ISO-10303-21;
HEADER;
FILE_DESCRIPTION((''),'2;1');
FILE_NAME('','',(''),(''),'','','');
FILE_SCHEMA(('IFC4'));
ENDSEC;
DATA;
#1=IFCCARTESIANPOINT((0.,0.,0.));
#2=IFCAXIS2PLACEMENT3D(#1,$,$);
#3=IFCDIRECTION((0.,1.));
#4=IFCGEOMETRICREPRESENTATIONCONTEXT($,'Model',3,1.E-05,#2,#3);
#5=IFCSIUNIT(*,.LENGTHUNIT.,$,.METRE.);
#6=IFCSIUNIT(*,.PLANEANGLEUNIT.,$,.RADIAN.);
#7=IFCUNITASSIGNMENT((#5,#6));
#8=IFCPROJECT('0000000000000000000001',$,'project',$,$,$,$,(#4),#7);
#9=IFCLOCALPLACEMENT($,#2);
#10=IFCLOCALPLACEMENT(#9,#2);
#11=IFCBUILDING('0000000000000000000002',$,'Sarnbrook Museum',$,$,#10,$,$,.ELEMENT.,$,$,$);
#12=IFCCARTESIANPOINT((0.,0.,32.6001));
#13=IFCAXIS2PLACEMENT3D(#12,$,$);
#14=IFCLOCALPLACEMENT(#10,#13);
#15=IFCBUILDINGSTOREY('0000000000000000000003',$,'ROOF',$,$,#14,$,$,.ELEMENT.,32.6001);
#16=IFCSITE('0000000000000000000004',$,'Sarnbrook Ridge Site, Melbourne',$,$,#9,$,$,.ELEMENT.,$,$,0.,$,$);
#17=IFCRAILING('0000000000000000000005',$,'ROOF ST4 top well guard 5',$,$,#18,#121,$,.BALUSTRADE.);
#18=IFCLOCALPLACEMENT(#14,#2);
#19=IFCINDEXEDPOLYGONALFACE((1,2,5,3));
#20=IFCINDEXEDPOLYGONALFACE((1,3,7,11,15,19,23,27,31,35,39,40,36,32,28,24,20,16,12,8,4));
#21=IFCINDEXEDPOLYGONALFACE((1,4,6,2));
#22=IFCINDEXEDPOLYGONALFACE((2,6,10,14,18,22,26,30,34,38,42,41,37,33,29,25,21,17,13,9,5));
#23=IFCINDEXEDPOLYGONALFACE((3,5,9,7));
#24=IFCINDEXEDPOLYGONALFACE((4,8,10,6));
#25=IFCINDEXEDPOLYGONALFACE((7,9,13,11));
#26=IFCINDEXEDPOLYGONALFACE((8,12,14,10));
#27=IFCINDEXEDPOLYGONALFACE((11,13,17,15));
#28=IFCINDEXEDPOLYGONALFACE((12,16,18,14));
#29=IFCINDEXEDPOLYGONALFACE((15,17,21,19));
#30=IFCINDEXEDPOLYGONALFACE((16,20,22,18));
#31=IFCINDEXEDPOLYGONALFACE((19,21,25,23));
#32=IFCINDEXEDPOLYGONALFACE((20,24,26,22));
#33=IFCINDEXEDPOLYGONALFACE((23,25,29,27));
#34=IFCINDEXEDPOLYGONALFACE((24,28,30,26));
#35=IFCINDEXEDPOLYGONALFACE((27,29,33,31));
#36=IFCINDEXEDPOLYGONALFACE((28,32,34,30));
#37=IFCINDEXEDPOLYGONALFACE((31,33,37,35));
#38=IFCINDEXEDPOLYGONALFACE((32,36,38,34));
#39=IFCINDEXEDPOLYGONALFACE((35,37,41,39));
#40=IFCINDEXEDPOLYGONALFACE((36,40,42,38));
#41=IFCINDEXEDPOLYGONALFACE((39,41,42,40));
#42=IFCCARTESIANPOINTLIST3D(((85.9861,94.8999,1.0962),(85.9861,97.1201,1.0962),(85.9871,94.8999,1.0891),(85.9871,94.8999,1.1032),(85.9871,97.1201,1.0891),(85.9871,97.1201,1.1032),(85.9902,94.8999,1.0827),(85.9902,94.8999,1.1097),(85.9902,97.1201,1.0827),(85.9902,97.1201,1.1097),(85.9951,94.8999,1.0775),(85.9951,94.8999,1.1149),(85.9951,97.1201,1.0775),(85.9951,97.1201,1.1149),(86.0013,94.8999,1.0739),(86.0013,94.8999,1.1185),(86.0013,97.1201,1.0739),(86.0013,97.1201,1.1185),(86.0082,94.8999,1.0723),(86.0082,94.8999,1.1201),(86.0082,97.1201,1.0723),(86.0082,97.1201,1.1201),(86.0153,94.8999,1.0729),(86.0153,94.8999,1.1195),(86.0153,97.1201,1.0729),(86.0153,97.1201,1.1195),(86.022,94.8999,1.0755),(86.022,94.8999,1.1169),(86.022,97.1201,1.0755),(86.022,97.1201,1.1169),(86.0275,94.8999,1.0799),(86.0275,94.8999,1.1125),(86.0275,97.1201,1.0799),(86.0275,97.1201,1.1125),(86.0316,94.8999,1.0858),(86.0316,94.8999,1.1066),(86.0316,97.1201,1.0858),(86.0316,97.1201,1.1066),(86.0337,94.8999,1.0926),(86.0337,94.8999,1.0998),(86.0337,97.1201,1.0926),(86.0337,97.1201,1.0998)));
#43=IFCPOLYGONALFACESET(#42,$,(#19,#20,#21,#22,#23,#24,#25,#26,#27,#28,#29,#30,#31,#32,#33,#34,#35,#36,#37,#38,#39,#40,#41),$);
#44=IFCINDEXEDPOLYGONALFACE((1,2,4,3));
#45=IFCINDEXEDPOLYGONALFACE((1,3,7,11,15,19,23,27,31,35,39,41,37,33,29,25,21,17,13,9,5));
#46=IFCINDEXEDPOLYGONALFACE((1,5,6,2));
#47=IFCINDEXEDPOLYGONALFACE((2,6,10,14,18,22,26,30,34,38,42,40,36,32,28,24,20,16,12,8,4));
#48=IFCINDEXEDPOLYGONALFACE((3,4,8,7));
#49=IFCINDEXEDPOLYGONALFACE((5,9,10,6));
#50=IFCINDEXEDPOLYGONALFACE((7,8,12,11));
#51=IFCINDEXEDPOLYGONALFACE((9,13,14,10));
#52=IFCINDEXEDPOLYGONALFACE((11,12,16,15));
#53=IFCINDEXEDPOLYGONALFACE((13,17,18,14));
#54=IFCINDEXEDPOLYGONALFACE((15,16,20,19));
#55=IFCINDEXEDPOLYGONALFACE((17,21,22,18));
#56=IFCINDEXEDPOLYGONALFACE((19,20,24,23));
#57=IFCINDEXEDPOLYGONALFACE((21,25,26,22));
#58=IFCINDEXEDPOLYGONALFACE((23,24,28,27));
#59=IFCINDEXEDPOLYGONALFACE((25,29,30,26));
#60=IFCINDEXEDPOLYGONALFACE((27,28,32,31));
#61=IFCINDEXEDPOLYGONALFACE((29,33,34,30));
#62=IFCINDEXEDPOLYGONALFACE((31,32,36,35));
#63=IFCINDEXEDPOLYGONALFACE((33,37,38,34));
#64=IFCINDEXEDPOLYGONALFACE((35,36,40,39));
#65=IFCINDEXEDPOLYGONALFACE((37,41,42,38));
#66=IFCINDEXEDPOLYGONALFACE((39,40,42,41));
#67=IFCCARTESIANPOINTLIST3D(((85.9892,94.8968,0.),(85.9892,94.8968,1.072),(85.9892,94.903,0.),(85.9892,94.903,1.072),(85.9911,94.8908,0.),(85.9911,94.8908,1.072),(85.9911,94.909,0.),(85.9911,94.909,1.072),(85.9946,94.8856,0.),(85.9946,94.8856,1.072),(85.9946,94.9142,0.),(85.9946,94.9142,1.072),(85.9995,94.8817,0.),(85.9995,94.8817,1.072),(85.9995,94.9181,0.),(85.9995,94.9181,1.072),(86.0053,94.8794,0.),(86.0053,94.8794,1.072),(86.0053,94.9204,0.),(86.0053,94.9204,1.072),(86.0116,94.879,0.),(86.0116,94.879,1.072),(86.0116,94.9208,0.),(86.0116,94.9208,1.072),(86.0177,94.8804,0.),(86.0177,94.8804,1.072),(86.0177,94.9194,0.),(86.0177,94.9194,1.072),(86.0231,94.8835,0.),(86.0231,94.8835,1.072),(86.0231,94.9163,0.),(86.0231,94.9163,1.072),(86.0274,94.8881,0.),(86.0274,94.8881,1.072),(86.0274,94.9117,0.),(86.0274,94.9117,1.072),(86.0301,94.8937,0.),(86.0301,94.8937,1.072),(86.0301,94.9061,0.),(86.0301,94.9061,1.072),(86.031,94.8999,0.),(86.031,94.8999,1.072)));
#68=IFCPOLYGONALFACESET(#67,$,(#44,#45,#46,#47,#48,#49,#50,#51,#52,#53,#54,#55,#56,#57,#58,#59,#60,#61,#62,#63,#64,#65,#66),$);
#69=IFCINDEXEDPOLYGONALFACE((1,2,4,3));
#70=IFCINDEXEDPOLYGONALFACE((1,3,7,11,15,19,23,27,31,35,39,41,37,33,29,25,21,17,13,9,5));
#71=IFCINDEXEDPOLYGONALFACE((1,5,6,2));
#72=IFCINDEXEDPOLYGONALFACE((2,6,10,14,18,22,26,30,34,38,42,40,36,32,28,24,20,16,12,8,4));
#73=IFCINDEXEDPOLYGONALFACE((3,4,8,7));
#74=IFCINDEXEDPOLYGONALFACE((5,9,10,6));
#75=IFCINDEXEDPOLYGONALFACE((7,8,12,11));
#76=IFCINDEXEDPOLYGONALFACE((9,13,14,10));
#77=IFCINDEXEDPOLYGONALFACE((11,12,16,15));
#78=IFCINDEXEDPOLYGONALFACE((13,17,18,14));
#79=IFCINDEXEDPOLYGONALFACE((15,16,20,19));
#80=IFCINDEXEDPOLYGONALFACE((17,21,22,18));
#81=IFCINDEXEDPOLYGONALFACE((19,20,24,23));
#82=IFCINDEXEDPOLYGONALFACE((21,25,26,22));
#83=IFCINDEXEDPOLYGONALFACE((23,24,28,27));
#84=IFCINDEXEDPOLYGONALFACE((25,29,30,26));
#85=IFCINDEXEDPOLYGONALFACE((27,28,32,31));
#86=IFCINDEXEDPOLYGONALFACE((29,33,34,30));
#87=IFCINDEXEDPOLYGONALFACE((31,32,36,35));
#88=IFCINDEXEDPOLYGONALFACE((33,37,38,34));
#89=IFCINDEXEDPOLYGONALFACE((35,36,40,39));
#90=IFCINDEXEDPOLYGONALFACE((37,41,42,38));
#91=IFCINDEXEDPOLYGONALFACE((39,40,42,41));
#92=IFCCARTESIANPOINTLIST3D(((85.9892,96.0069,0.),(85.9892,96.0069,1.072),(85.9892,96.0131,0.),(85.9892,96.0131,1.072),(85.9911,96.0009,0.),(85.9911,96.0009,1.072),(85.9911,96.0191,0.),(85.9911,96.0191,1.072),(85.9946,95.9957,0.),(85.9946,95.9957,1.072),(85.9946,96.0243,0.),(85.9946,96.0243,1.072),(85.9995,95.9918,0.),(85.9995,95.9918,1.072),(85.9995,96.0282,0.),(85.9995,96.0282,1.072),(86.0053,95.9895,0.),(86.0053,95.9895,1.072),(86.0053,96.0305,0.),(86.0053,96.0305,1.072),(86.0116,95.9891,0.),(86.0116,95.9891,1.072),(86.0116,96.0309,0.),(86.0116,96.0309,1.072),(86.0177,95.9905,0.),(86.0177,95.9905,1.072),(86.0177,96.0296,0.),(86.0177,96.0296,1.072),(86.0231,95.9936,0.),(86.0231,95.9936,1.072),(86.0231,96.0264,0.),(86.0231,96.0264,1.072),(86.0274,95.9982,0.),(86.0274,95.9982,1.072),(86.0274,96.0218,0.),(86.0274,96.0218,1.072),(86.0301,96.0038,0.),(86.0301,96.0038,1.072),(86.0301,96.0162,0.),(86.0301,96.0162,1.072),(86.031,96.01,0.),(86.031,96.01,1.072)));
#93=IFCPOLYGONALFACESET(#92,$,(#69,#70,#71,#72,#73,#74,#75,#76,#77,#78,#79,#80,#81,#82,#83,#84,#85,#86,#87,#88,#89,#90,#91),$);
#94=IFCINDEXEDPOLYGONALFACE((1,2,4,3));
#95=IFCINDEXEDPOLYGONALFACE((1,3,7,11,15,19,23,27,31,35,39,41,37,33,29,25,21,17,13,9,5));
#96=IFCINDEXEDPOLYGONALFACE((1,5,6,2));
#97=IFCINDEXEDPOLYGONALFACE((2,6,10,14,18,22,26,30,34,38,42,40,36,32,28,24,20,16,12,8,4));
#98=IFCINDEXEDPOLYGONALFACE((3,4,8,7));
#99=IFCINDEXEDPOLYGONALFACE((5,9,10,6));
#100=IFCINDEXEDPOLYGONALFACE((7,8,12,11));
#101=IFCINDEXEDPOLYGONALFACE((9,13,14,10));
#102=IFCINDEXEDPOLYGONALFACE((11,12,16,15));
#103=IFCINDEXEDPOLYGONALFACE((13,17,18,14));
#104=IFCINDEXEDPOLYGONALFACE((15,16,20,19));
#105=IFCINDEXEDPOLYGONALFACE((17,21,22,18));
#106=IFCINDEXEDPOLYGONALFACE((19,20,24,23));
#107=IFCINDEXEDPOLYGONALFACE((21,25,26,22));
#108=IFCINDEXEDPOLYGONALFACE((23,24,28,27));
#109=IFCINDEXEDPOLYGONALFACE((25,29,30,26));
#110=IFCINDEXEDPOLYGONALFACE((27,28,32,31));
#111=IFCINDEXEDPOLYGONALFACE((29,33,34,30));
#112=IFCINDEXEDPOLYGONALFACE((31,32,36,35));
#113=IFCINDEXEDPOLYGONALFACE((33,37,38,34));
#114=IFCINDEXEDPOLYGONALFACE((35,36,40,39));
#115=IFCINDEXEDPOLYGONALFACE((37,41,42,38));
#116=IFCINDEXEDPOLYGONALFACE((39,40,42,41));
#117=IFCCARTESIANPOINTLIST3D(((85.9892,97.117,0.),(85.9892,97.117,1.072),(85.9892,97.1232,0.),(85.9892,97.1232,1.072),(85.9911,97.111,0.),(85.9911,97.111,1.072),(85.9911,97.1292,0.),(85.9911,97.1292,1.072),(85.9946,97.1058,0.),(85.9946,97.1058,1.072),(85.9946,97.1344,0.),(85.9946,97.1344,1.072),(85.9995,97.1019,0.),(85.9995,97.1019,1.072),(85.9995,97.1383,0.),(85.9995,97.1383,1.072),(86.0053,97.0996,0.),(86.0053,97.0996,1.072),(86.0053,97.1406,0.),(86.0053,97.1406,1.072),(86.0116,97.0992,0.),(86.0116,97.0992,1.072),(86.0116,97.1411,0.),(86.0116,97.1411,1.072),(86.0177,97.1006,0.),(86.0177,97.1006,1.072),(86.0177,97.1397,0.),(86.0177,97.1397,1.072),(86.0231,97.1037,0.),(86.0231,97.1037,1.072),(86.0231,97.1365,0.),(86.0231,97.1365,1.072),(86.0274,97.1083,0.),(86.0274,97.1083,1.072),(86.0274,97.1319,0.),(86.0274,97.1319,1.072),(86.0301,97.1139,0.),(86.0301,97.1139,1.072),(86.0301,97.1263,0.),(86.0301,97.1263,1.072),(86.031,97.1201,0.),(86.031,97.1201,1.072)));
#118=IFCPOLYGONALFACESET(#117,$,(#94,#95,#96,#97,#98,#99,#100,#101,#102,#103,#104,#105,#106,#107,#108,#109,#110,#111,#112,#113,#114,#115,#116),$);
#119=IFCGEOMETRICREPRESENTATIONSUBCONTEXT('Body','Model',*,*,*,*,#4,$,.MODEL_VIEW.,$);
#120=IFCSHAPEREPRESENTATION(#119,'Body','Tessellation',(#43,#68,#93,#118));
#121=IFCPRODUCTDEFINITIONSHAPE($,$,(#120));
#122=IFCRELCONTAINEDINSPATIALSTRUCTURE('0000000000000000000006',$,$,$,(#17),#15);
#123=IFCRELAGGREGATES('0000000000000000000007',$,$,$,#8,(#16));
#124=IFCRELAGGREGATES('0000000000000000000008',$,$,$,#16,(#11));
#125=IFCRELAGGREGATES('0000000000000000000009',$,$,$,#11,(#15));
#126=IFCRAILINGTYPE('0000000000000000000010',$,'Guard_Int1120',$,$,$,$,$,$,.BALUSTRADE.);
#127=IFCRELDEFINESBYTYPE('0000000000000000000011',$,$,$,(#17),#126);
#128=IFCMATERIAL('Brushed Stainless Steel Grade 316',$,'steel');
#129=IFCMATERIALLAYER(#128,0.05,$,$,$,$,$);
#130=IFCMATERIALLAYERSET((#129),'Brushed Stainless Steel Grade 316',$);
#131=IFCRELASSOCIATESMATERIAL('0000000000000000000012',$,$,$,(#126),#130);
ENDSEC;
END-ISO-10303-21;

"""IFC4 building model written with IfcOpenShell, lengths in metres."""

from ifc_helpers import new_model, si_unit, direction, frame, origin, origin_2d, place, context, subcontext, project, spatial, circle, extrude, material, layer, layer_set, type_object, element, save


model = new_model("IFC4")

# Units and contexts
model_context = context("Model", 3, precision=1e-05, world=origin(), true_north=direction((0.0, 1.0)))
body_context = subcontext(model_context, "Body", "Model", "MODEL_VIEW")
ifc_project = project(units=[si_unit("LENGTHUNIT", "METRE"), si_unit("PLANEANGLEUNIT", "RADIAN")], contexts=[model_context])

# Site, building, storey
site_placement = place(None, origin())
site = spatial("IfcSite", under=ifc_project, at=site_placement, Name="Sarnbrook Ridge Site, Melbourne", CompositionType="ELEMENT", RefElevation=0.0)
building_placement = place(site_placement, origin())
building = spatial("IfcBuilding", under=site, at=building_placement, Name="Sarnbrook Museum", CompositionType="ELEMENT")
storey_placement = place(building_placement, frame((0.0, 0.0, 32.6001)))
storey = spatial("IfcBuildingStorey", under=building, at=storey_placement, Name="ROOF", CompositionType="ELEMENT", Elevation=32.6001)

# Shared definitions
ifc_material_1 = material(Name="Brushed Stainless Steel Grade 316", Category="steel")

# Railing
ifc_layer_1 = layer(ifc_material_1, 0.05)
ifc_layer_set_1 = layer_set([ifc_layer_1], Name="Brushed Stainless Steel Grade 316")
railing_type = type_object("IfcRailingType", Name="Guard_Int1120", PredefinedType="BALUSTRADE", material=ifc_layer_set_1)
for number, where, name in (
    (1, (86.01, 94.8999, 0.0), "ROOF ST4 top well guard 5"),
):
    element("IfcRailing", number, at=place(storey_placement, frame(where)), inside=storey, type_object=railing_type, Name=name, PredefinedType="BALUSTRADE", context=body_context, shape_type="SweptSolid", body=[
        extrude(circle(Radius=0.0239, at=origin_2d()), frame((0.0, 0.0, 1.0962), z_axis=(0.0, 1.0, 0.0), x_axis=(-1.0, 0.0, 0.0)), (0.0, 0.0, 1.0), 2.2202),
        extrude(circle(Radius=0.021, at=origin_2d()), origin(), (0.0, 0.0, 1.0), 1.072),
        extrude(circle(Radius=0.021, at=origin_2d()), frame((0.0, 1.1101, 0.0)), (0.0, 0.0, 1.0), 1.072),
        extrude(circle(Radius=0.021, at=origin_2d()), frame((0.0, 2.2202, 0.0)), (0.0, 0.0, 1.0), 1.072),
    ])

save(model, "model.ifc")
